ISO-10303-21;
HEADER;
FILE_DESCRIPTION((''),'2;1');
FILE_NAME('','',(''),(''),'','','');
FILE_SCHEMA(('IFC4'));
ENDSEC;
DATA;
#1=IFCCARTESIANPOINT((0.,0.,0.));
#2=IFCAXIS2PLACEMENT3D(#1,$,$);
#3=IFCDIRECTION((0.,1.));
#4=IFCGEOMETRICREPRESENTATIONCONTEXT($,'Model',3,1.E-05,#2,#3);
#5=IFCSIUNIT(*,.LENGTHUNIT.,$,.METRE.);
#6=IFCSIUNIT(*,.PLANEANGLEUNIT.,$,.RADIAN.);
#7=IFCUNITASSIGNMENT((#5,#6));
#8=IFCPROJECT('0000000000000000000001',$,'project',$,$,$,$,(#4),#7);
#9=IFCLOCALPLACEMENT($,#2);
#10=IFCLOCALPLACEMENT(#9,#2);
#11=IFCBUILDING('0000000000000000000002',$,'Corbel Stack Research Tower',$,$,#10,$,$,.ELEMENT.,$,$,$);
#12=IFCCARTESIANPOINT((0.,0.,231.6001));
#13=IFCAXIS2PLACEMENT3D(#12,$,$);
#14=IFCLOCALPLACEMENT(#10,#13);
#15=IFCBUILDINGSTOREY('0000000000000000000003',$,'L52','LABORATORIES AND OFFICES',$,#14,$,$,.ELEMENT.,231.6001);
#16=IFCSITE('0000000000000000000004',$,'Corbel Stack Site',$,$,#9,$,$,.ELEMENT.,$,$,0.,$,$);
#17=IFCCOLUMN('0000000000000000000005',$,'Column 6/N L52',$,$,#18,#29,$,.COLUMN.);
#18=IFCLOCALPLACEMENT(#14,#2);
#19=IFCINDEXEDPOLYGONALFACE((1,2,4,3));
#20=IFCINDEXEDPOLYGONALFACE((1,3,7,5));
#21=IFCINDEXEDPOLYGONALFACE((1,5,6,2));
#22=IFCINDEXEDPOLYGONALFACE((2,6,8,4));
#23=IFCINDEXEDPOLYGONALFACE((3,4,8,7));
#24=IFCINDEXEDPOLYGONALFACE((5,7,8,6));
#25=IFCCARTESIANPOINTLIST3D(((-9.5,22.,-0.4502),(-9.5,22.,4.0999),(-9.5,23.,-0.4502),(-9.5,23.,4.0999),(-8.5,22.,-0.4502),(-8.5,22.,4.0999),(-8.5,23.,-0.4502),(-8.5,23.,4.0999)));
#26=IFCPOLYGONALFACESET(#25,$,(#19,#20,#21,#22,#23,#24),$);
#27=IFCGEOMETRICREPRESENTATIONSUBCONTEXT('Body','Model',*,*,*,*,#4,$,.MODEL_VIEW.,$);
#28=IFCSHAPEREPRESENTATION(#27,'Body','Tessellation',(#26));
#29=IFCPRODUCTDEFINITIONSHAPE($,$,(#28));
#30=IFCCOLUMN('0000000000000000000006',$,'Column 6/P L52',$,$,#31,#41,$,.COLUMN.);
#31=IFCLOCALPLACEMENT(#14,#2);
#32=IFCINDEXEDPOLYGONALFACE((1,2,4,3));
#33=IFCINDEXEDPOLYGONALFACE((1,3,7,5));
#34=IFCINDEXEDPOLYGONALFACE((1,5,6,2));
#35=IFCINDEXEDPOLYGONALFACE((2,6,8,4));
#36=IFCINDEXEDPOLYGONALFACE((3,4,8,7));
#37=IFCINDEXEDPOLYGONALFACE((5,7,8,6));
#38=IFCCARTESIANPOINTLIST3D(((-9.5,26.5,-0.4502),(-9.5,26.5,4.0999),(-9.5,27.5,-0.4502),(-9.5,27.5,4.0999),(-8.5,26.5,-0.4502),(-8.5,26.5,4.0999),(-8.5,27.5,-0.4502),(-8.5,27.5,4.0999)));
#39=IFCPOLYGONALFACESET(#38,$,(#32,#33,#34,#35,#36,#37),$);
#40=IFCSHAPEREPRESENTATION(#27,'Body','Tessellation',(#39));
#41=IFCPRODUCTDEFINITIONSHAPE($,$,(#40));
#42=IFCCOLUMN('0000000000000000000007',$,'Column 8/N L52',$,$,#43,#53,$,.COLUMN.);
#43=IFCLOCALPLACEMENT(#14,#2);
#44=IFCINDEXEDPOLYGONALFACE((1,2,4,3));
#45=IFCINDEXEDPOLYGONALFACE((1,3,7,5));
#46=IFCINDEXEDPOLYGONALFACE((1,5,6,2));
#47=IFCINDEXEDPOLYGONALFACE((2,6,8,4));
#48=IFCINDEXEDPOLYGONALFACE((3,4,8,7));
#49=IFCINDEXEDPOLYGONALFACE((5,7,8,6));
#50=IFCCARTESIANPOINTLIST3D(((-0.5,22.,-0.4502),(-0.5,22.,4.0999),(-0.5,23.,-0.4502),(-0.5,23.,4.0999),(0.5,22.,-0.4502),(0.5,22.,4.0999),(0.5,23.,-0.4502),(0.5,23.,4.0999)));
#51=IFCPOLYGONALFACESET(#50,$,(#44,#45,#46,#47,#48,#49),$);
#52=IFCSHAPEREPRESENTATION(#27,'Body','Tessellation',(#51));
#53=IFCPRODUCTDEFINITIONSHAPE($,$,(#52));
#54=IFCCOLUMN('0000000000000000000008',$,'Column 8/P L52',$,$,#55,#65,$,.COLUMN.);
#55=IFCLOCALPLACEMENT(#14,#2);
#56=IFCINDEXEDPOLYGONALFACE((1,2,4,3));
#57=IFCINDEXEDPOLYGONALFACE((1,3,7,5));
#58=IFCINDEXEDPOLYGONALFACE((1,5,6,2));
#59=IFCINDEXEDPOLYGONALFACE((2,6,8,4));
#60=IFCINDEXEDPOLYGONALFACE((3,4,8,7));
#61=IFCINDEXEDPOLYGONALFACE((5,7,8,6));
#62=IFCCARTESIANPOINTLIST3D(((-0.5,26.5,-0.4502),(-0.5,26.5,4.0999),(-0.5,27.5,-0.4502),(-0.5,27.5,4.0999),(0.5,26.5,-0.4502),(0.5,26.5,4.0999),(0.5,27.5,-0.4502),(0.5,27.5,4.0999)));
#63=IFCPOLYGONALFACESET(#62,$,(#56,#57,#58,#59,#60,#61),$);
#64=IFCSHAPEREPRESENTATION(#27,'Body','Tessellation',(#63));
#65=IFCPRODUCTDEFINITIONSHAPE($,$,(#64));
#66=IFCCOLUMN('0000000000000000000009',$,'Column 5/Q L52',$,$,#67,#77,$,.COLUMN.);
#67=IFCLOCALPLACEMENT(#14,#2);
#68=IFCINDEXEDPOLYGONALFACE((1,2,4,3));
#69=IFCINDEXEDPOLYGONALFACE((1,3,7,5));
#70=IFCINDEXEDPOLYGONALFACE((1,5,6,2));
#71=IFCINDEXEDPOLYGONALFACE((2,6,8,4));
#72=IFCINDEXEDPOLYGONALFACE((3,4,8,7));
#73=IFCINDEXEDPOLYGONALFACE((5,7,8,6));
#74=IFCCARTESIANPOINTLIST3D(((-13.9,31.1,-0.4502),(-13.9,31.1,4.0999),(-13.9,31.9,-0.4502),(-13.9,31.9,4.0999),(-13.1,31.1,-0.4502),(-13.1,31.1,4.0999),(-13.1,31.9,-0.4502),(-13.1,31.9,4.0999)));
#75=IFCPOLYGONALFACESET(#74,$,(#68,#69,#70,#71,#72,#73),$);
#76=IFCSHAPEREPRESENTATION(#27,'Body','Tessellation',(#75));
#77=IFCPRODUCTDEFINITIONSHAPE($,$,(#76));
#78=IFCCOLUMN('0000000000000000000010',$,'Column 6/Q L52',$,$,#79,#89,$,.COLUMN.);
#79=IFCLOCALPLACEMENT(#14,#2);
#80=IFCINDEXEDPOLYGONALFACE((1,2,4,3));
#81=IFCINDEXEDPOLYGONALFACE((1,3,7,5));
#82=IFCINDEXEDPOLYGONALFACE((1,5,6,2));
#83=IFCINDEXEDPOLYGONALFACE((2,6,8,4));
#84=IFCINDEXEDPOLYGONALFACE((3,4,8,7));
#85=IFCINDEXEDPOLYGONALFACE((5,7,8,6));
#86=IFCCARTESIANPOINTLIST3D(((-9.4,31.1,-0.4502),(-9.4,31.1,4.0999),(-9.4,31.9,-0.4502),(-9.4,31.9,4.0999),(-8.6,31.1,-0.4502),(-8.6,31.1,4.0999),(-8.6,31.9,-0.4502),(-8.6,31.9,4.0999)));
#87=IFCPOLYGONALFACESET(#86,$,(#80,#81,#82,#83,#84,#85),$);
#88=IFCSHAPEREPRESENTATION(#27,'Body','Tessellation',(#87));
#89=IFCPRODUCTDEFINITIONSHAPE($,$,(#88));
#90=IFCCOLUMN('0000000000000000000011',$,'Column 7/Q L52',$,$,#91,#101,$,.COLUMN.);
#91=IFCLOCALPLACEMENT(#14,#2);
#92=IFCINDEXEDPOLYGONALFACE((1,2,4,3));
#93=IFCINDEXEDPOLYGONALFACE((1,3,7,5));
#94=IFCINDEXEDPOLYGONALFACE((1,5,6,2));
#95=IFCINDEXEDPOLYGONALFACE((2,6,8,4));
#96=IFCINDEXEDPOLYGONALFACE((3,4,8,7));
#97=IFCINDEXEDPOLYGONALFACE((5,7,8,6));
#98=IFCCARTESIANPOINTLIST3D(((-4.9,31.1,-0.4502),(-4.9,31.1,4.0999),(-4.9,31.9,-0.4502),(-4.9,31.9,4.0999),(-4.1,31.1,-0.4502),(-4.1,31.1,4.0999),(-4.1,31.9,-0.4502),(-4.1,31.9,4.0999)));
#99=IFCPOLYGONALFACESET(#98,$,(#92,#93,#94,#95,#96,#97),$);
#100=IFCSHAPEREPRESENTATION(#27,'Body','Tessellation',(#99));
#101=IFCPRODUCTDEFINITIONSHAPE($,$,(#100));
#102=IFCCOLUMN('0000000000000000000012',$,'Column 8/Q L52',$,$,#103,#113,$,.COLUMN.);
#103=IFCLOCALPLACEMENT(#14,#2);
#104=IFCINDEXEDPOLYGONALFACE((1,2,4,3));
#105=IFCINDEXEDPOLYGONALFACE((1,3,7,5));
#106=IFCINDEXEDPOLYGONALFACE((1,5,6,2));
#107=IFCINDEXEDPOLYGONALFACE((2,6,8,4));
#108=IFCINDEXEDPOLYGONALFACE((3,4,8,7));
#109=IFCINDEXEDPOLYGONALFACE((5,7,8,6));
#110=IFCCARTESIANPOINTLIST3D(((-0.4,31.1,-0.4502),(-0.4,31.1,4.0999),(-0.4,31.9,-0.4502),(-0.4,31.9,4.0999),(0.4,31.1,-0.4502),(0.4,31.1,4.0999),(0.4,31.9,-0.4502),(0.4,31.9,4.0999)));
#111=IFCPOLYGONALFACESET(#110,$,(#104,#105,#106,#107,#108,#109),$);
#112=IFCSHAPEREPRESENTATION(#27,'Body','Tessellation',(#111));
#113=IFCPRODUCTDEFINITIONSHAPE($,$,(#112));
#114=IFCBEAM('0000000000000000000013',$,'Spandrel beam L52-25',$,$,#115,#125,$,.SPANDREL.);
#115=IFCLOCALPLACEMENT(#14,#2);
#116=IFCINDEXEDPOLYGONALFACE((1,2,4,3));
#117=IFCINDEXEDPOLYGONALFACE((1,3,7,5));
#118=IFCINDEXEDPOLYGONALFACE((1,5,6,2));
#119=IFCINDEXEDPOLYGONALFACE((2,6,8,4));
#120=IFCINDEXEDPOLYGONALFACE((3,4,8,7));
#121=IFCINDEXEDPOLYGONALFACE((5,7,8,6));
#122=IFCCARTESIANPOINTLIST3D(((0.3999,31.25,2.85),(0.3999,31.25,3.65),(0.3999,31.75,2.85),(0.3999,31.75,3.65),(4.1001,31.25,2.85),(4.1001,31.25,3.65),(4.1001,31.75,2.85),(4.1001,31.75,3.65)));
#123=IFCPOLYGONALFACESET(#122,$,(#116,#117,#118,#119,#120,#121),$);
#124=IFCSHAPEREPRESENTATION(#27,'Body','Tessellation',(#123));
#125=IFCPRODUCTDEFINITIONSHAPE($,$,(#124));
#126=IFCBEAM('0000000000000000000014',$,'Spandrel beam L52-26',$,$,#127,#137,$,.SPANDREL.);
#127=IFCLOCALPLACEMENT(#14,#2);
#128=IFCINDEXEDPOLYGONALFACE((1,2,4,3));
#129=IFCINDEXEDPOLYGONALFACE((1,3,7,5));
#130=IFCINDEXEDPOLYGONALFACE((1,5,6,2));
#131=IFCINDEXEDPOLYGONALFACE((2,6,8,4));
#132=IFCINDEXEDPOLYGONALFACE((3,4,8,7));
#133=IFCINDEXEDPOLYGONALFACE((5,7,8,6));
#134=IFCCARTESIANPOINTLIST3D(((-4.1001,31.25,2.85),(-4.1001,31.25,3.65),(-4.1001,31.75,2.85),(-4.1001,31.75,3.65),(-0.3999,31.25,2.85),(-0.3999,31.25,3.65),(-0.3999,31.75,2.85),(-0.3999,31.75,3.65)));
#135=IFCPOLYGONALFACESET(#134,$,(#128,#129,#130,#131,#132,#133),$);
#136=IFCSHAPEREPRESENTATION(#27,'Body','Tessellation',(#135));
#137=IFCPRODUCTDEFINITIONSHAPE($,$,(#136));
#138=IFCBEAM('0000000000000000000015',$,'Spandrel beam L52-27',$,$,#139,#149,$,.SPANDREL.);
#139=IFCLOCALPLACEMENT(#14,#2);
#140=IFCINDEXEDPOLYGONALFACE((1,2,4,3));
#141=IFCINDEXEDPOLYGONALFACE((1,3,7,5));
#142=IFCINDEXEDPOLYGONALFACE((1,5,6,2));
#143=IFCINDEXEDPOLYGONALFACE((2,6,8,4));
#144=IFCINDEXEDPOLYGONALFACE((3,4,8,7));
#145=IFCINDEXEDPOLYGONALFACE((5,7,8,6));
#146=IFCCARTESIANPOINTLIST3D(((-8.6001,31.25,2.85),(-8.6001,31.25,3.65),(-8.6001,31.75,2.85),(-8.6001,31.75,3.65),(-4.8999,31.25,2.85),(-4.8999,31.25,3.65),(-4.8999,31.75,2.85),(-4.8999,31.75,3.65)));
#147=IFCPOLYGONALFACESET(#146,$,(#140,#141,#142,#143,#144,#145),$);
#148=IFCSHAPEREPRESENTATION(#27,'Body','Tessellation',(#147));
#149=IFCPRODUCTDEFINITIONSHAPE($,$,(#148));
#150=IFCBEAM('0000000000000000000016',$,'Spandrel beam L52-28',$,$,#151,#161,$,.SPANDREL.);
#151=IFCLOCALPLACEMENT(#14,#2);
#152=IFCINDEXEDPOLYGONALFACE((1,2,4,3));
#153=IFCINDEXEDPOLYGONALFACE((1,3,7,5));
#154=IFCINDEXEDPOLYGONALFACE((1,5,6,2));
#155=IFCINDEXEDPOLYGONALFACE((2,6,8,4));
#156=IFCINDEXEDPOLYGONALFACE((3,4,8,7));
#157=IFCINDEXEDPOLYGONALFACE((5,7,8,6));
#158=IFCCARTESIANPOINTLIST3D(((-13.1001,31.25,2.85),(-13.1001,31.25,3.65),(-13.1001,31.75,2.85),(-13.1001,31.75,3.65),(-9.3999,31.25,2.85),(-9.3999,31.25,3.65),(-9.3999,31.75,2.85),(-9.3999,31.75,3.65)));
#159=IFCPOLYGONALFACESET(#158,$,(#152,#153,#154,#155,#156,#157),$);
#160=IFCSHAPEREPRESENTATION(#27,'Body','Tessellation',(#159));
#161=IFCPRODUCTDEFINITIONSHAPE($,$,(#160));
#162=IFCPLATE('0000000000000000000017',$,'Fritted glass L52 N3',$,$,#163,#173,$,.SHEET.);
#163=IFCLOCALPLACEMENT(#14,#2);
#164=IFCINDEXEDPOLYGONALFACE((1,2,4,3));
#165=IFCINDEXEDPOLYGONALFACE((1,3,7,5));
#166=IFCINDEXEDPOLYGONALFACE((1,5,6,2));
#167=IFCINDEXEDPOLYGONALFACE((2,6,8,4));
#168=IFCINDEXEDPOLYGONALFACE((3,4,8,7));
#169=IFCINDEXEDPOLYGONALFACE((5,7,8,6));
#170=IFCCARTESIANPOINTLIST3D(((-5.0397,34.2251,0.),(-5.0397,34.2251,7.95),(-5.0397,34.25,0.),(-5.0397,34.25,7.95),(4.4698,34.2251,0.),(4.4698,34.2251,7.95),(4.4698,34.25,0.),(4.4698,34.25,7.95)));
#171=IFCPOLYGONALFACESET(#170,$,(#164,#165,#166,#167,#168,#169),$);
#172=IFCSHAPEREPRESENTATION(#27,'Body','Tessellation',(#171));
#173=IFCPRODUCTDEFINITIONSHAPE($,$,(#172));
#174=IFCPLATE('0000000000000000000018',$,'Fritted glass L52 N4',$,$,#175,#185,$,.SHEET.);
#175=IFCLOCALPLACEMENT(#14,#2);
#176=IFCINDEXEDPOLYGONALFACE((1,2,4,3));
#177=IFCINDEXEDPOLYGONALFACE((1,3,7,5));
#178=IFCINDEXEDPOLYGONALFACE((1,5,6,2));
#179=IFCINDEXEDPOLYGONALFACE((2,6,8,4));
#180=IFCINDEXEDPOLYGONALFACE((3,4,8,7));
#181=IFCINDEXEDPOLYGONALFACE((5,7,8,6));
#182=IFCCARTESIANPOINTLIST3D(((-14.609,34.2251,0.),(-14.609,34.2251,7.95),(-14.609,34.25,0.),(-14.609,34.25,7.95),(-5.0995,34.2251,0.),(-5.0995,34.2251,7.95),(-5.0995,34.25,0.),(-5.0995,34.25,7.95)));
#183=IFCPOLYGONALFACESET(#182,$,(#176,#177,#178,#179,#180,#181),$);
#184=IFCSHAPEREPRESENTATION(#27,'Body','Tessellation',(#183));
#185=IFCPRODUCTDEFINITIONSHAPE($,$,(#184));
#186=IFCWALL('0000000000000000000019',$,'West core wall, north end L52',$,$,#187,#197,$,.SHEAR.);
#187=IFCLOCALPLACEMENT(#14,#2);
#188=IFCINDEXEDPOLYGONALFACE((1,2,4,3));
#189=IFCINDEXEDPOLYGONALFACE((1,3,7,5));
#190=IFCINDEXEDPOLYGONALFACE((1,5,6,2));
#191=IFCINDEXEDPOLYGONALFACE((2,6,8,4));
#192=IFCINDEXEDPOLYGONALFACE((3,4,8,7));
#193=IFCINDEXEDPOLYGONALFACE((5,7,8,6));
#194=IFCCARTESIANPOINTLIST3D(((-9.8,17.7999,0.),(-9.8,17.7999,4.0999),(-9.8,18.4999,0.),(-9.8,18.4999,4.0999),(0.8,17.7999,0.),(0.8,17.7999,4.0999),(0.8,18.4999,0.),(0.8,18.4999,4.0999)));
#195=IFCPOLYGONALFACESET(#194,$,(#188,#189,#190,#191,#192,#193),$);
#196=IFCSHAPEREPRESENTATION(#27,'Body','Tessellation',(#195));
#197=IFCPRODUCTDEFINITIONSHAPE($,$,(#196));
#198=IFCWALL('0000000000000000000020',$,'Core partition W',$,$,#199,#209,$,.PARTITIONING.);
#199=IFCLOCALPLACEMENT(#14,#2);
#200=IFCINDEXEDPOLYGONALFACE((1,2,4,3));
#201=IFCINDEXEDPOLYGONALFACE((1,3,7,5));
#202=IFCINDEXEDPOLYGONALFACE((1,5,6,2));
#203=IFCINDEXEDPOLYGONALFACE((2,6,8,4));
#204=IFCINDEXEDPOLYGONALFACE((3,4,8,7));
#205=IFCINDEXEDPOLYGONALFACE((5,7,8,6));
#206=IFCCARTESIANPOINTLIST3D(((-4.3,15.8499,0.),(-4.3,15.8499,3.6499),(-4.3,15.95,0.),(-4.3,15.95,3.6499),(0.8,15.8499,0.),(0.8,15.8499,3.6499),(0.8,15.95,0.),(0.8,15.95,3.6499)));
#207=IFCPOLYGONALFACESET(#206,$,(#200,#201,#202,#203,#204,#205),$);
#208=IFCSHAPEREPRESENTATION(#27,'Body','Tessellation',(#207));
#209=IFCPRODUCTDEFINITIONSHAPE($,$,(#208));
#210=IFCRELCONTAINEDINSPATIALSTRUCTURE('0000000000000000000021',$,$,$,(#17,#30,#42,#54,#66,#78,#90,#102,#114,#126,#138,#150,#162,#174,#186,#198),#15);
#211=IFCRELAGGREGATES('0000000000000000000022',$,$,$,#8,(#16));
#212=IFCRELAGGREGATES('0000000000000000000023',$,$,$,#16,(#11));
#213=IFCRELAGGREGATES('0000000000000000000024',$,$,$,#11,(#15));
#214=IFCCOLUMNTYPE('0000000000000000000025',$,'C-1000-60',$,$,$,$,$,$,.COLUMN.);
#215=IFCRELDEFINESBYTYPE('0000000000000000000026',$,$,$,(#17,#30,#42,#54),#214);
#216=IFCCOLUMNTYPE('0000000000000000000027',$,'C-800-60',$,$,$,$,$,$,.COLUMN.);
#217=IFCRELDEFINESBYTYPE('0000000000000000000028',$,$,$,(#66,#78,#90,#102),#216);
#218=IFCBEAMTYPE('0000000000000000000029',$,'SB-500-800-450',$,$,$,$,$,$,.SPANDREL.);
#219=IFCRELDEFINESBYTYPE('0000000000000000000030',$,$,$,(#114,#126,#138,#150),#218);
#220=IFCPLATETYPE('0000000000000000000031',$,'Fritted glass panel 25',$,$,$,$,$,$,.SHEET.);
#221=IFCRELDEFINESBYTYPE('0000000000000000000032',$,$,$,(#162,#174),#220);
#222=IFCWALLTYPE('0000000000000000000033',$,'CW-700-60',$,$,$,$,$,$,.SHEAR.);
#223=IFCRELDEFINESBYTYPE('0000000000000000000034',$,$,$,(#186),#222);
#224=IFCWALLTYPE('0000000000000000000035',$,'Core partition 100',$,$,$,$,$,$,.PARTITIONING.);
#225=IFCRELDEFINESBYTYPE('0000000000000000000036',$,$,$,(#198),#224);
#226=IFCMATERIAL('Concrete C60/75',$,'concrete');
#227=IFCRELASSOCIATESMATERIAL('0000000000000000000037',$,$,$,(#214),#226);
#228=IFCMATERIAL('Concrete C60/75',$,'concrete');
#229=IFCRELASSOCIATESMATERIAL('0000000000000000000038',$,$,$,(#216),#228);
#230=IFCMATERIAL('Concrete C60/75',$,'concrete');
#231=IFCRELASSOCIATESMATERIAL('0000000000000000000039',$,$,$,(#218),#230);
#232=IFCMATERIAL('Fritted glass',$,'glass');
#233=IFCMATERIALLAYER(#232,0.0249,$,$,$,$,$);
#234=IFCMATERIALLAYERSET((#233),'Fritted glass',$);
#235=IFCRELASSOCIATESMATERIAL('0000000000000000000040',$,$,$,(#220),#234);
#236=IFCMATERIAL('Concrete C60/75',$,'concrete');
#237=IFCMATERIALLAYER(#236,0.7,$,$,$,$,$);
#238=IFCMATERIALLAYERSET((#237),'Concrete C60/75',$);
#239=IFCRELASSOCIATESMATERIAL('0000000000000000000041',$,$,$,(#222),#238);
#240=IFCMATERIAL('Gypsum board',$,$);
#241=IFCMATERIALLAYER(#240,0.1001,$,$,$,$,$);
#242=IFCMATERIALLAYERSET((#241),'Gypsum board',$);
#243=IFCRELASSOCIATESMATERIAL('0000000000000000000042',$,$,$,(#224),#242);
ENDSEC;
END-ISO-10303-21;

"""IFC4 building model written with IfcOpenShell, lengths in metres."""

from ifc_helpers import new_model, si_unit, direction, frame, frame_2d, origin, origin_2d, place, context, subcontext, project, spatial, rectangle, extrude, material, layer, layer_set, material_profile, profile_set, type_object, element, save


model = new_model("IFC4")

# Units and contexts
model_context = context("Model", 3, precision=1e-05, world=origin(), true_north=direction((0.0, 1.0)))
body_context = subcontext(model_context, "Body", "Model", "MODEL_VIEW")
ifc_project = project(units=[si_unit("LENGTHUNIT", "METRE"), si_unit("PLANEANGLEUNIT", "RADIAN")], contexts=[model_context])

# Site, building, storey
site_placement = place(None, origin())
site = spatial("IfcSite", under=ifc_project, at=site_placement, Name="Corbel Stack Site", CompositionType="ELEMENT", RefElevation=0.0)
building_placement = place(site_placement, origin())
building = spatial("IfcBuilding", under=site, at=building_placement, Name="Corbel Stack Research Tower", CompositionType="ELEMENT")
storey_placement = place(building_placement, frame((0.0, 0.0, 231.6001)))
storey = spatial("IfcBuildingStorey", under=building, at=storey_placement, Name="L52", Description="LABORATORIES AND OFFICES", CompositionType="ELEMENT", Elevation=231.6001)

# Columns
ifc_material_1 = material(Name="Concrete C60/75", Category="concrete")
ifc_material_profile_1 = material_profile(ifc_material_1, rectangle(XDim=1.0, YDim=1.0, at=origin_2d()), Name="RC 1000 x 1000")
ifc_profile_set_1 = profile_set([ifc_material_profile_1], Name="Concrete C60/75")
column_type_1 = type_object("IfcColumnType", Name="C-1000-60", PredefinedType="COLUMN", material=ifc_profile_set_1)
for number, where, z_axis, x_axis, name in (
    (1, (-9.0, 22.5, -0.4502), (0.0, 0.0, 1.0), (1.0, 0.0, 0.0), "Column 6/N L52"),
    (2, (-9.0, 27.0, -0.4502), (0.0, 0.0, 1.0), (1.0, 0.0, 0.0), "Column 6/P L52"),
    (3, (0.0, 22.5, -0.4502), (0.0, 0.0, 1.0), (1.0, 0.0, 0.0), "Column 8/N L52"),
    (4, (0.0, 27.0, -0.4502), (0.0, 0.0, 1.0), (1.0, 0.0, 0.0), "Column 8/P L52"),
):
    element("IfcColumn", number, at=place(storey_placement, frame(where, z_axis=z_axis, x_axis=x_axis)), inside=storey, type_object=column_type_1, Name=name, PredefinedType="COLUMN", context=body_context, shape_type="SweptSolid", body=[
        extrude(rectangle(XDim=1.0, YDim=1.0, at=origin_2d()), origin(), (0.0, 0.0, 1.0), 4.55),
    ])
ifc_material_2 = material(Name="Concrete C60/75", Category="concrete")
ifc_material_profile_2 = material_profile(ifc_material_2, rectangle(XDim=0.8, YDim=0.8, at=origin_2d()), Name="RC 800 x 800")
ifc_profile_set_2 = profile_set([ifc_material_profile_2], Name="Concrete C60/75")
column_type_2 = type_object("IfcColumnType", Name="C-800-60", PredefinedType="COLUMN", material=ifc_profile_set_2)
for number, where, z_axis, x_axis, name in (
    (5, (-13.5, 31.5, -0.4502), (0.0, 0.0, 1.0), (1.0, 0.0, 0.0), "Column 5/Q L52"),
    (6, (-9.0, 31.5, -0.4502), (0.0, 0.0, 1.0), (1.0, 0.0, 0.0), "Column 6/Q L52"),
    (7, (-4.5, 31.5, -0.4502), (0.0, 0.0, 1.0), (1.0, 0.0, 0.0), "Column 7/Q L52"),
    (8, (0.0, 31.5, -0.4502), (0.0, 0.0, 1.0), (1.0, 0.0, 0.0), "Column 8/Q L52"),
):
    element("IfcColumn", number, at=place(storey_placement, frame(where, z_axis=z_axis, x_axis=x_axis)), inside=storey, type_object=column_type_2, Name=name, PredefinedType="COLUMN", context=body_context, shape_type="SweptSolid", body=[
        extrude(rectangle(XDim=0.8, YDim=0.8, at=origin_2d()), origin(), (0.0, 0.0, 1.0), 4.55),
    ])

# Beams
ifc_material_3 = material(Name="Concrete C60/75", Category="concrete")
ifc_material_profile_3 = material_profile(ifc_material_3, rectangle(XDim=0.5, YDim=0.8, at=origin_2d()), Name="RC 500 x 800")
ifc_profile_set_3 = profile_set([ifc_material_profile_3], Name="Concrete C60/75")
beam_type = type_object("IfcBeamType", Name="SB-500-800-450", PredefinedType="SPANDREL", material=ifc_profile_set_3)
for number, where, z_axis, x_axis, name in (
    (9, (4.1001, 31.5, 3.25), (-1.0, 0.0, 0.0), (0.0, -1.0, 0.0), "Spandrel beam L52-25"),
    (10, (-0.3999, 31.5, 3.25), (-1.0, 0.0, 0.0), (0.0, -1.0, 0.0), "Spandrel beam L52-26"),
    (11, (-4.8999, 31.5, 3.25), (-1.0, 0.0, 0.0), (0.0, -1.0, 0.0), "Spandrel beam L52-27"),
    (12, (-9.3999, 31.5, 3.25), (-1.0, 0.0, 0.0), (0.0, -1.0, 0.0), "Spandrel beam L52-28"),
):
    element("IfcBeam", number, at=place(storey_placement, frame(where, z_axis=z_axis, x_axis=x_axis)), inside=storey, type_object=beam_type, Name=name, PredefinedType="SPANDREL", context=body_context, shape_type="SweptSolid", body=[
        extrude(rectangle(XDim=0.5, YDim=0.8, at=origin_2d()), origin(), (0.0, 0.0, 1.0), 3.7002),
    ])

# Plates
ifc_material_4 = material(Name="Fritted glass", Category="glass")
ifc_layer_1 = layer(ifc_material_4, 0.0249)
ifc_layer_set_1 = layer_set([ifc_layer_1], Name="Fritted glass")
plate_type = type_object("IfcPlateType", Name="Fritted glass panel 25", PredefinedType="SHEET", material=ifc_layer_set_1)
for number, where, z_axis, x_axis, name in (
    (13, (-0.2849, 34.2375, 0.0), (0.0, 0.0, 1.0), (-1.0, 0.0, 0.0), "Fritted glass L52 N3"),
    (14, (-9.8542, 34.2375, 0.0), (0.0, 0.0, 1.0), (-1.0, 0.0, 0.0), "Fritted glass L52 N4"),
):
    element("IfcPlate", number, at=place(storey_placement, frame(where, z_axis=z_axis, x_axis=x_axis)), inside=storey, type_object=plate_type, Name=name, PredefinedType="SHEET", context=body_context, shape_type="SweptSolid", body=[
        extrude(rectangle(XDim=9.5095, YDim=0.0249, at=origin_2d()), origin(), (0.0, 0.0, 1.0), 7.95),
    ])

# Walls
ifc_material_5 = material(Name="Concrete C60/75", Category="concrete")
ifc_layer_2 = layer(ifc_material_5, 0.7)
ifc_layer_set_2 = layer_set([ifc_layer_2], Name="Concrete C60/75")
wall_type_1 = type_object("IfcWallType", Name="CW-700-60", PredefinedType="SHEAR", material=ifc_layer_set_2)
wall_1_placement = place(storey_placement, frame((-9.8, 18.1499, 0.0), z_axis=(0.0, 0.0, 1.0), x_axis=(1.0, 0.0, 0.0)))
element("IfcWall", 15, at=wall_1_placement, inside=storey, type_object=wall_type_1, Name="West core wall, north end L52", PredefinedType="SHEAR", context=body_context, shape_type="SweptSolid", body=[
    extrude(rectangle(XDim=10.6001, YDim=0.7, at=frame_2d((5.3, 0.0))), origin(), (0.0, 0.0, 1.0), 4.0999),
])
ifc_material_6 = material(Name="Gypsum board")
ifc_layer_3 = layer(ifc_material_6, 0.1001)
ifc_layer_set_3 = layer_set([ifc_layer_3], Name="Gypsum board")
wall_type_2 = type_object("IfcWallType", Name="Core partition 100", PredefinedType="PARTITIONING", material=ifc_layer_set_3)
wall_2_placement = place(storey_placement, frame((-4.3, 15.8999, 0.0), z_axis=(0.0, 0.0, 1.0), x_axis=(1.0, 0.0, 0.0)))
element("IfcWall", 16, at=wall_2_placement, inside=storey, type_object=wall_type_2, Name="Core partition W", PredefinedType="PARTITIONING", context=body_context, shape_type="SweptSolid", body=[
    extrude(rectangle(XDim=5.1001, YDim=0.1001, at=frame_2d((2.55, 0.0))), origin(), (0.0, 0.0, 1.0), 3.6499),
])

save(model, "model.ifc")
